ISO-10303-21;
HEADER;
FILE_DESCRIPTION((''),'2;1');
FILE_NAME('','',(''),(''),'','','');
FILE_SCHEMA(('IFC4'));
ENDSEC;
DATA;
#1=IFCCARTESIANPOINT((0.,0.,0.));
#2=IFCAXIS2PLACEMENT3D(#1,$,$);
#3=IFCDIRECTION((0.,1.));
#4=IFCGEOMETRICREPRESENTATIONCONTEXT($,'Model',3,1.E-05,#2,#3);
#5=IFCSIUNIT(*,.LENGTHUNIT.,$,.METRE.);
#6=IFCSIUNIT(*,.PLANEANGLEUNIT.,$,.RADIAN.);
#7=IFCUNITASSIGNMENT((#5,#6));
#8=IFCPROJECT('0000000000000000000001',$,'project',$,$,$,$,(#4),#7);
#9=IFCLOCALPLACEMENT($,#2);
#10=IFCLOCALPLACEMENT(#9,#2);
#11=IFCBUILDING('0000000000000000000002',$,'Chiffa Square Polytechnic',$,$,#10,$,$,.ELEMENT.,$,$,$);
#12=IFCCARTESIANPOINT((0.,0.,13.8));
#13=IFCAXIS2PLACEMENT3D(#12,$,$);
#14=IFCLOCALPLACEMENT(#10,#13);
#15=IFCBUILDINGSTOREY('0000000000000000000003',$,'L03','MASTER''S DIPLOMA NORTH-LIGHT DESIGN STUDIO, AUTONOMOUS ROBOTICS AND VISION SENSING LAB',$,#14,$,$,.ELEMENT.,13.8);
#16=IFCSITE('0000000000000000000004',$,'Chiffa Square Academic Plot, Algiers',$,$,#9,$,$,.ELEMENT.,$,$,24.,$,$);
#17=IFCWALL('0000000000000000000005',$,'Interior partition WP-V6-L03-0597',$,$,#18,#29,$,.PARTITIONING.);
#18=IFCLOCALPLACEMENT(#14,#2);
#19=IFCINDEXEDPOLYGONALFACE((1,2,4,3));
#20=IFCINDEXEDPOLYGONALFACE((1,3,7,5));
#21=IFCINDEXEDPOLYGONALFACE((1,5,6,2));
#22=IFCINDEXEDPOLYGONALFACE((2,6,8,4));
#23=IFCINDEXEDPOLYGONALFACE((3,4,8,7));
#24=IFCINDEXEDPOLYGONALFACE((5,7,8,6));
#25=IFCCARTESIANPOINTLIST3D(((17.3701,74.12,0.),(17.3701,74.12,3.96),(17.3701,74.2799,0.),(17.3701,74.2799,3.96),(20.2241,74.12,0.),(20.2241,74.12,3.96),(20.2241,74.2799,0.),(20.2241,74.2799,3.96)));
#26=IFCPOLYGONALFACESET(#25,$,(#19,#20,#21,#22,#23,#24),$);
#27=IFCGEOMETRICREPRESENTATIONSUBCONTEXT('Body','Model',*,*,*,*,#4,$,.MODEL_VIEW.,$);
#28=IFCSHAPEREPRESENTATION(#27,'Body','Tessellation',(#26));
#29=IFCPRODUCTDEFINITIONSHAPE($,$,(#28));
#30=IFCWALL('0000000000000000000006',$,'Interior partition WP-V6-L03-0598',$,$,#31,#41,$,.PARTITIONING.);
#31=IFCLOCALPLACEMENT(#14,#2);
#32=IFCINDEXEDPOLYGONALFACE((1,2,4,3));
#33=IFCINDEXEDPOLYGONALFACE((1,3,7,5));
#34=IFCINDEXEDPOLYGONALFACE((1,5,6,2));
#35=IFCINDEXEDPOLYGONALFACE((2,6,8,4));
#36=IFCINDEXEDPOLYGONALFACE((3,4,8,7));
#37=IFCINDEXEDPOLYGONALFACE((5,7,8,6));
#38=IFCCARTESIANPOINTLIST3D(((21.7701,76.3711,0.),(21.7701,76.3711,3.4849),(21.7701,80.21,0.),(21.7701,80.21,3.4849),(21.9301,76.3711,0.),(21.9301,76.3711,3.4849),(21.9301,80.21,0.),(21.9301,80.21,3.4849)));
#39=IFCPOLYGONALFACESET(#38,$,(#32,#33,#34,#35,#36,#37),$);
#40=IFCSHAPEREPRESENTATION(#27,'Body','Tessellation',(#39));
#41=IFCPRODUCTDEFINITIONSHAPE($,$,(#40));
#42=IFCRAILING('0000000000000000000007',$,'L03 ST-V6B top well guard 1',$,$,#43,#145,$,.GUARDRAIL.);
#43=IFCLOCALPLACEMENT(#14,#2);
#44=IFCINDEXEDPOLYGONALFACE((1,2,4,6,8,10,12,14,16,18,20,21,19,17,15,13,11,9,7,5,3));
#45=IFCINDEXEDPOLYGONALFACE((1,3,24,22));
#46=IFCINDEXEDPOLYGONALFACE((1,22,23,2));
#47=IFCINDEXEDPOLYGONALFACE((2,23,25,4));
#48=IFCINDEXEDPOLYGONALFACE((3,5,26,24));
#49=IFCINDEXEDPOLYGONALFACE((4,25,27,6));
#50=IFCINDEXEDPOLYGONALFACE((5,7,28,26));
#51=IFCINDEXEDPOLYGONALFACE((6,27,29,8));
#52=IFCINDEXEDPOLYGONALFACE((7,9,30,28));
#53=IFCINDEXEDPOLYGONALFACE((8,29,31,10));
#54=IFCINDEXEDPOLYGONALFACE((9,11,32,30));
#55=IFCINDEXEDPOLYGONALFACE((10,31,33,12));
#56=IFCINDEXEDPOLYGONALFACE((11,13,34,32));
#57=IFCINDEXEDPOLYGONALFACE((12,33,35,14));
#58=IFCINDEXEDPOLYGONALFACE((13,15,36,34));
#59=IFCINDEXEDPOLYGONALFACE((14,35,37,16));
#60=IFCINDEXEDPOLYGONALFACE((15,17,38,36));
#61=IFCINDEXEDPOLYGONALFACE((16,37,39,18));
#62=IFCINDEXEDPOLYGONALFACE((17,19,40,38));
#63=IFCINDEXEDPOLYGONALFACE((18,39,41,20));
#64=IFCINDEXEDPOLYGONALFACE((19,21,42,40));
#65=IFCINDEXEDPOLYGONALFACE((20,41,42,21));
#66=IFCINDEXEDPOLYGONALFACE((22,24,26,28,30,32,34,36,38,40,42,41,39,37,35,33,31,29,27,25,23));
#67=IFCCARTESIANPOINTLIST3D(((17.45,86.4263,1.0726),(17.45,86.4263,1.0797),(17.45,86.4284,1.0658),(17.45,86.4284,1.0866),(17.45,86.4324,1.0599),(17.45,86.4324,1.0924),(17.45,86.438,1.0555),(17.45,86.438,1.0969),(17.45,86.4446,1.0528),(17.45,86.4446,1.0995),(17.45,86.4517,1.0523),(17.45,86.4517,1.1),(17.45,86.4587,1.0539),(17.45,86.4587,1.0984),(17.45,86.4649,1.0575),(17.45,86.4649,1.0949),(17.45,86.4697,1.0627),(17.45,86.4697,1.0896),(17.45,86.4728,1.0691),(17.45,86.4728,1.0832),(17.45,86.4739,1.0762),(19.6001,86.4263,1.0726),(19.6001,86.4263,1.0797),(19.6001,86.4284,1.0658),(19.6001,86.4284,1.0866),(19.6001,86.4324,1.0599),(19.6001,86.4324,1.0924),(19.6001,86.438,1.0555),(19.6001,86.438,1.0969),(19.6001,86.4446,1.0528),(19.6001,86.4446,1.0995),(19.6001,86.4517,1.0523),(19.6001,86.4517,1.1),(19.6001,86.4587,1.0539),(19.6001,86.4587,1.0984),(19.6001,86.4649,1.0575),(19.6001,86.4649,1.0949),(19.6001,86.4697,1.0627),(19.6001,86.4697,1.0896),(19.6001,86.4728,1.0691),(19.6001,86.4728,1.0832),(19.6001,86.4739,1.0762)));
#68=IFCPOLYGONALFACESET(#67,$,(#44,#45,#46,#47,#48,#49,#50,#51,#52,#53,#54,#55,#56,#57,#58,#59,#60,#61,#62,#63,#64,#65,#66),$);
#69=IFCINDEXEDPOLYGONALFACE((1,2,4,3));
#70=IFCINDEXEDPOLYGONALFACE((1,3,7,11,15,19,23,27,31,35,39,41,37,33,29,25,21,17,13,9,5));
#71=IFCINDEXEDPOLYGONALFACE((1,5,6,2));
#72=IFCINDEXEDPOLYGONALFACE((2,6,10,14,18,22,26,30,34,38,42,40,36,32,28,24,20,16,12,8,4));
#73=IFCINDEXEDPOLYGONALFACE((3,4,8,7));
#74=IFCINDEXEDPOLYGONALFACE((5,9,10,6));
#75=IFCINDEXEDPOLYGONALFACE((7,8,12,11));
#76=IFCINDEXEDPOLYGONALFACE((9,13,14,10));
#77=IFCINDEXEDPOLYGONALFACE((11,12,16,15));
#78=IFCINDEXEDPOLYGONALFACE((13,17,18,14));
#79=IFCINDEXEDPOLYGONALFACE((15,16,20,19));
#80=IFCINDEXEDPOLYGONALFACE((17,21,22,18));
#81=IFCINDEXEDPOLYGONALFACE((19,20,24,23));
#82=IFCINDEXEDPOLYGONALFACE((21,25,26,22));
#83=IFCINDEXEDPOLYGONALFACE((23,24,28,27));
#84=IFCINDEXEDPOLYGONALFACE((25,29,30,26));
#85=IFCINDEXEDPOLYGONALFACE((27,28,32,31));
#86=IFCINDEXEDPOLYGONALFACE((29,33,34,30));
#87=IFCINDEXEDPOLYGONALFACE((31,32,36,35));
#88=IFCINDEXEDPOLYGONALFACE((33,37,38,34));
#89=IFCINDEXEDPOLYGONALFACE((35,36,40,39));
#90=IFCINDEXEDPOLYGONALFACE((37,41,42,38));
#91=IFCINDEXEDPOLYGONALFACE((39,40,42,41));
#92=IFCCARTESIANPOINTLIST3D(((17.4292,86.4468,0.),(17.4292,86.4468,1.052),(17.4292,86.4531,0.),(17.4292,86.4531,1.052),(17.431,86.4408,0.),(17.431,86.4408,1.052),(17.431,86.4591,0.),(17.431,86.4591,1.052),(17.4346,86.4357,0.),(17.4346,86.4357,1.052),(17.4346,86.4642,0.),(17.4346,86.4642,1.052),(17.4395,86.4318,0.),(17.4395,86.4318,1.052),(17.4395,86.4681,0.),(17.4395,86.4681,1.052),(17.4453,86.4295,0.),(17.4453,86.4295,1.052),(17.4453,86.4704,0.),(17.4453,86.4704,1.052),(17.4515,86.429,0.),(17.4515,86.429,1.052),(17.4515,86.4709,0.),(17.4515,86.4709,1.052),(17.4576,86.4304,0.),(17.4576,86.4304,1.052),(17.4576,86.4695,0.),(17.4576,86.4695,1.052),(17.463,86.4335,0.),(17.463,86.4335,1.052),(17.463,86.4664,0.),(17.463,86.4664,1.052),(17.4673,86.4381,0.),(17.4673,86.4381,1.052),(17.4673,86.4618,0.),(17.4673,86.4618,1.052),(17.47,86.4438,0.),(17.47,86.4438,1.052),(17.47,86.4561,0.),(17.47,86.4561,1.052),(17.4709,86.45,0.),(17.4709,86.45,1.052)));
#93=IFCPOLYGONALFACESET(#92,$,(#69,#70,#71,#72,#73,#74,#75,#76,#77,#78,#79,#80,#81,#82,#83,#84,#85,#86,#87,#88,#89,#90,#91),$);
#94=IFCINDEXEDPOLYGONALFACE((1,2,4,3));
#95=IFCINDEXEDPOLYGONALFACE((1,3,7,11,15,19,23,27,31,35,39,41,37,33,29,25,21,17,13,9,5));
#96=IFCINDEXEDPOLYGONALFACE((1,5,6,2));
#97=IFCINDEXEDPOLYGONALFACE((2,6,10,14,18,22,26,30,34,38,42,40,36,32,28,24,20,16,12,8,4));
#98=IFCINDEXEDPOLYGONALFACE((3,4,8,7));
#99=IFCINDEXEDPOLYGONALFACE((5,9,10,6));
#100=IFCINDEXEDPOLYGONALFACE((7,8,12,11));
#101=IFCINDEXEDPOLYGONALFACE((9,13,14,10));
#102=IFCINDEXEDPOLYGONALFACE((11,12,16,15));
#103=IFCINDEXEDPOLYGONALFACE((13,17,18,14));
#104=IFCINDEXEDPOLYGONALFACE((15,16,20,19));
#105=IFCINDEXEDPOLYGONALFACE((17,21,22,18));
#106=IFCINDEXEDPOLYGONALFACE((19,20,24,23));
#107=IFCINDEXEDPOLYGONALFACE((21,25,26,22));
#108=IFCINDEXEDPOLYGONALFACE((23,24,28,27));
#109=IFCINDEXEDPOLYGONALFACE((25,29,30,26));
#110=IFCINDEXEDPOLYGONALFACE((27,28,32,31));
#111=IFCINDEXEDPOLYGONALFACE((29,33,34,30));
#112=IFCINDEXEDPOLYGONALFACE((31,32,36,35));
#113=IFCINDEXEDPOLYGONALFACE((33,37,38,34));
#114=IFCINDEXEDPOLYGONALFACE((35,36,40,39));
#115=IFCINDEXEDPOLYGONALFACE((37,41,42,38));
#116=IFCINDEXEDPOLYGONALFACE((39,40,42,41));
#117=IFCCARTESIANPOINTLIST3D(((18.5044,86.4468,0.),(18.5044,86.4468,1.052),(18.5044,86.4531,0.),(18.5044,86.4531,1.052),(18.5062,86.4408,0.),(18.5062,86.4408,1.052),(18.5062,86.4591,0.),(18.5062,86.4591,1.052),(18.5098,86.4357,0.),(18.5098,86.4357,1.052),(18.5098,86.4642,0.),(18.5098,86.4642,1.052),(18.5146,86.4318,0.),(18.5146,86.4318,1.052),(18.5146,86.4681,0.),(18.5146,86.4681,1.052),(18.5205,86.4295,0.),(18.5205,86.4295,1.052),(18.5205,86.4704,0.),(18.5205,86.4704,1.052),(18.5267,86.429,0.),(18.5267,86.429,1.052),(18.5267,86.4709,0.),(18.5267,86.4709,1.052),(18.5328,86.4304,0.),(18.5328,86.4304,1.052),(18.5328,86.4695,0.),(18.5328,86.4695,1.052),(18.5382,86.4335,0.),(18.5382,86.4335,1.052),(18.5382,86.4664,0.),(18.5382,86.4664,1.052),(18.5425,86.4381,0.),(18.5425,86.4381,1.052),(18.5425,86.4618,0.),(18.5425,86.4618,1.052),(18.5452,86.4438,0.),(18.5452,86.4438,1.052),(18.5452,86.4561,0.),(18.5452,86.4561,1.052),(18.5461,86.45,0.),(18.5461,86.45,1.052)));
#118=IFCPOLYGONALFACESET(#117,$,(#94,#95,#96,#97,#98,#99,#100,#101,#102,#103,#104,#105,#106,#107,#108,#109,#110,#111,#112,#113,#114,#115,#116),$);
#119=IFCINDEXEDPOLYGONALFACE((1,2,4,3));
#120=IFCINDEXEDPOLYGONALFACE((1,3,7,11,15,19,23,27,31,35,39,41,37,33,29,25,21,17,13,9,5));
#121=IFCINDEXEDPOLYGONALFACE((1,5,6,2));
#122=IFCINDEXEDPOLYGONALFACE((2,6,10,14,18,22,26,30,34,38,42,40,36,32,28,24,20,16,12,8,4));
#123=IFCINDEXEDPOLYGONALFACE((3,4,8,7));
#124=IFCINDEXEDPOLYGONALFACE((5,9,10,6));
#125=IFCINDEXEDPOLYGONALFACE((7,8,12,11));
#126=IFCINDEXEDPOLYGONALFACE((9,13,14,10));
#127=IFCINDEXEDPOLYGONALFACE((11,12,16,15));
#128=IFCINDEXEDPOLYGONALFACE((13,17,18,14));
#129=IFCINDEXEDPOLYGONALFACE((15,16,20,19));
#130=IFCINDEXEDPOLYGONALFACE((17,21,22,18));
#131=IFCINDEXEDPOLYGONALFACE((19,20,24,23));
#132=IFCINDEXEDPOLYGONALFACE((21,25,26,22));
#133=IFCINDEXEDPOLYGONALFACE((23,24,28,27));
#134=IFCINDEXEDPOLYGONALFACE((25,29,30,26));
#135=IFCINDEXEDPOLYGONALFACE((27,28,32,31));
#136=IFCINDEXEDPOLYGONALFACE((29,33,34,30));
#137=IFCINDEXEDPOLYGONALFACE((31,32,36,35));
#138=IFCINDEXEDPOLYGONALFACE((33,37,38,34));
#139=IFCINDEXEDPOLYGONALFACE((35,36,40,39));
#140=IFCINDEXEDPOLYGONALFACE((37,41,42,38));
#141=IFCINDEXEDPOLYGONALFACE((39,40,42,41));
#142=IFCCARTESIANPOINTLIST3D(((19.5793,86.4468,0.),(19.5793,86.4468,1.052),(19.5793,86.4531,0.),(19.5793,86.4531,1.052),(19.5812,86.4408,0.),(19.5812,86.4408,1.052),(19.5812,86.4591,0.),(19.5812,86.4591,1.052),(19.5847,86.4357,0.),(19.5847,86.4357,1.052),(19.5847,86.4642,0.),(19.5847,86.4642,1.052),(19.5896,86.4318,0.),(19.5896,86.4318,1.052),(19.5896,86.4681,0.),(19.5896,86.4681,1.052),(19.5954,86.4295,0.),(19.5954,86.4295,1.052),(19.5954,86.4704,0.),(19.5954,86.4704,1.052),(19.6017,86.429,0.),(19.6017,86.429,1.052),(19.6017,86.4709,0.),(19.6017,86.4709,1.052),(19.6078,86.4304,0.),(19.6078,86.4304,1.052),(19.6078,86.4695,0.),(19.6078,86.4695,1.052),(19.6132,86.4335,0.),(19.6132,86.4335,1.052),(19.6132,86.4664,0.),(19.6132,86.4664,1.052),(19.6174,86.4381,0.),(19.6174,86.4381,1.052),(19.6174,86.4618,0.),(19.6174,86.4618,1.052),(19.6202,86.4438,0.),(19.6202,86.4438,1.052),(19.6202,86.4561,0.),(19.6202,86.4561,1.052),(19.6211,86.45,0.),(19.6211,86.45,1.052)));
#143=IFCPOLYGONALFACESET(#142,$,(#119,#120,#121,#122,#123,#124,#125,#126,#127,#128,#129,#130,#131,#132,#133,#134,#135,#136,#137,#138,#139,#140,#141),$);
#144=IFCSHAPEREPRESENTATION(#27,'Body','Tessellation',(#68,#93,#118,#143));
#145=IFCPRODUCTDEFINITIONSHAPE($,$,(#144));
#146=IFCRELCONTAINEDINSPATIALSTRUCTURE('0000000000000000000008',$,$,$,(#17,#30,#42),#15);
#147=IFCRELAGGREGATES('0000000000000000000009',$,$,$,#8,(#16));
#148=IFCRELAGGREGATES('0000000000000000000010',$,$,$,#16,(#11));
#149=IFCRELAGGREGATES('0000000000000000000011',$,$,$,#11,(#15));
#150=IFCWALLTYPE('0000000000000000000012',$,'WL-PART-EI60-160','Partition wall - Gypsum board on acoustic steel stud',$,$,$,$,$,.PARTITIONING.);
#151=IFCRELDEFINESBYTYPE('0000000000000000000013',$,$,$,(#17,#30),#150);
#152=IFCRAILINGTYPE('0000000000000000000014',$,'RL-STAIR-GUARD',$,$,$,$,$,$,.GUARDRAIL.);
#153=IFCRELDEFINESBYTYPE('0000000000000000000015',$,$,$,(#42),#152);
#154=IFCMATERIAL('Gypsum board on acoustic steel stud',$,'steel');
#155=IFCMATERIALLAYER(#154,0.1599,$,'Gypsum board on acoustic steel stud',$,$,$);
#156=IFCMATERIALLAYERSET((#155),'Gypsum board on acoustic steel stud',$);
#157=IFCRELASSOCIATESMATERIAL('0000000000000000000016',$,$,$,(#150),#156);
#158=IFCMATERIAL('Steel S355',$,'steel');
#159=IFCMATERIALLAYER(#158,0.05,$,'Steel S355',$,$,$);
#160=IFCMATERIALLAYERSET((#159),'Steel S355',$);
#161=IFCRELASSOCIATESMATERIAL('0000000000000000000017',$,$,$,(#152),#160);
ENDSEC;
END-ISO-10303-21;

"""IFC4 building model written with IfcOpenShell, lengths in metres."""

from ifc_helpers import new_model, si_unit, direction, frame, frame_2d, origin, origin_2d, place, context, subcontext, project, spatial, rectangle, circle, extrude, material, layer, layer_set, type_object, element, save


model = new_model("IFC4")

# Units and contexts
model_context = context("Model", 3, precision=1e-05, world=origin(), true_north=direction((0.0, 1.0)))
body_context = subcontext(model_context, "Body", "Model", "MODEL_VIEW")
ifc_project = project(units=[si_unit("LENGTHUNIT", "METRE"), si_unit("PLANEANGLEUNIT", "RADIAN")], contexts=[model_context])

# Site, building, storey
site_placement = place(None, origin())
site = spatial("IfcSite", under=ifc_project, at=site_placement, Name="Chiffa Square Academic Plot, Algiers", CompositionType="ELEMENT", RefElevation=24.0)
building_placement = place(site_placement, origin())
building = spatial("IfcBuilding", under=site, at=building_placement, Name="Chiffa Square Polytechnic", CompositionType="ELEMENT")
storey_placement = place(building_placement, frame((0.0, 0.0, 13.8)))
storey = spatial("IfcBuildingStorey", under=building, at=storey_placement, Name="L03", Description="MASTER'S DIPLOMA NORTH-LIGHT DESIGN STUDIO, AUTONOMOUS ROBOTICS AND VISION SENSING LAB", CompositionType="ELEMENT", Elevation=13.8)

# Shared definitions
ifc_material_1 = material(Name="Gypsum board on acoustic steel stud", Category="steel")
ifc_layer_1 = layer(ifc_material_1, 0.1599, Name="Gypsum board on acoustic steel stud")
ifc_layer_set_1 = layer_set([ifc_layer_1], Name="Gypsum board on acoustic steel stud")
wall_type_1 = type_object("IfcWallType", Name="WL-PART-EI60-160", Description="Partition wall - Gypsum board on acoustic steel stud", PredefinedType="PARTITIONING", material=ifc_layer_set_1)

# Walls
wall_1_placement = place(storey_placement, frame((17.3701, 74.2, 0.0), z_axis=(0.0, 0.0, 1.0), x_axis=(1.0, 0.0, 0.0)))
element("IfcWall", 1, at=wall_1_placement, inside=storey, type_object=wall_type_1, Name="Interior partition WP-V6-L03-0597", PredefinedType="PARTITIONING", context=body_context, shape_type="SweptSolid", body=[
    extrude(rectangle(XDim=2.854, YDim=0.1599, at=frame_2d((1.427, 0.0))), origin(), (0.0, 0.0, 1.0), 3.96),
])
wall_2_placement = place(storey_placement, frame((21.8501, 76.3711, 0.0), z_axis=(0.0, 0.0, 1.0), x_axis=(0.0, 1.0, 0.0)))
element("IfcWall", 2, at=wall_2_placement, inside=storey, type_object=wall_type_1, Name="Interior partition WP-V6-L03-0598", PredefinedType="PARTITIONING", context=body_context, shape_type="SweptSolid", body=[
    extrude(rectangle(XDim=3.8389, YDim=0.1599, at=frame_2d((1.9194, 0.0))), origin(), (0.0, 0.0, 1.0), 3.4849),
])

# Railing
ifc_material_2 = material(Name="Steel S355", Category="steel")
ifc_layer_2 = layer(ifc_material_2, 0.05, Name="Steel S355")
ifc_layer_set_2 = layer_set([ifc_layer_2], Name="Steel S355")
railing_type = type_object("IfcRailingType", Name="RL-STAIR-GUARD", PredefinedType="GUARDRAIL", material=ifc_layer_set_2)
railing_placement = place(storey_placement, frame((17.45, 86.45, 0.0)))
element("IfcRailing", 3, at=railing_placement, inside=storey, type_object=railing_type, Name="L03 ST-V6B top well guard 1", PredefinedType="GUARDRAIL", context=body_context, shape_type="SweptSolid", body=[
    extrude(circle(Radius=0.0239, at=origin_2d()), frame((0.0, 0.0, 1.0762), z_axis=(1.0, 0.0, 0.0), x_axis=(0.0, 1.0, 0.0)), (0.0, 0.0, 1.0), 2.1501),
    extrude(circle(Radius=0.021, at=origin_2d()), origin(), (0.0, 0.0, 1.0), 1.052),
    extrude(circle(Radius=0.021, at=origin_2d()), frame((1.0752, 0.0, 0.0)), (0.0, 0.0, 1.0), 1.052),
    extrude(circle(Radius=0.021, at=origin_2d()), frame((2.1501, 0.0, 0.0)), (0.0, 0.0, 1.0), 1.052),
])

save(model, "model.ifc")
